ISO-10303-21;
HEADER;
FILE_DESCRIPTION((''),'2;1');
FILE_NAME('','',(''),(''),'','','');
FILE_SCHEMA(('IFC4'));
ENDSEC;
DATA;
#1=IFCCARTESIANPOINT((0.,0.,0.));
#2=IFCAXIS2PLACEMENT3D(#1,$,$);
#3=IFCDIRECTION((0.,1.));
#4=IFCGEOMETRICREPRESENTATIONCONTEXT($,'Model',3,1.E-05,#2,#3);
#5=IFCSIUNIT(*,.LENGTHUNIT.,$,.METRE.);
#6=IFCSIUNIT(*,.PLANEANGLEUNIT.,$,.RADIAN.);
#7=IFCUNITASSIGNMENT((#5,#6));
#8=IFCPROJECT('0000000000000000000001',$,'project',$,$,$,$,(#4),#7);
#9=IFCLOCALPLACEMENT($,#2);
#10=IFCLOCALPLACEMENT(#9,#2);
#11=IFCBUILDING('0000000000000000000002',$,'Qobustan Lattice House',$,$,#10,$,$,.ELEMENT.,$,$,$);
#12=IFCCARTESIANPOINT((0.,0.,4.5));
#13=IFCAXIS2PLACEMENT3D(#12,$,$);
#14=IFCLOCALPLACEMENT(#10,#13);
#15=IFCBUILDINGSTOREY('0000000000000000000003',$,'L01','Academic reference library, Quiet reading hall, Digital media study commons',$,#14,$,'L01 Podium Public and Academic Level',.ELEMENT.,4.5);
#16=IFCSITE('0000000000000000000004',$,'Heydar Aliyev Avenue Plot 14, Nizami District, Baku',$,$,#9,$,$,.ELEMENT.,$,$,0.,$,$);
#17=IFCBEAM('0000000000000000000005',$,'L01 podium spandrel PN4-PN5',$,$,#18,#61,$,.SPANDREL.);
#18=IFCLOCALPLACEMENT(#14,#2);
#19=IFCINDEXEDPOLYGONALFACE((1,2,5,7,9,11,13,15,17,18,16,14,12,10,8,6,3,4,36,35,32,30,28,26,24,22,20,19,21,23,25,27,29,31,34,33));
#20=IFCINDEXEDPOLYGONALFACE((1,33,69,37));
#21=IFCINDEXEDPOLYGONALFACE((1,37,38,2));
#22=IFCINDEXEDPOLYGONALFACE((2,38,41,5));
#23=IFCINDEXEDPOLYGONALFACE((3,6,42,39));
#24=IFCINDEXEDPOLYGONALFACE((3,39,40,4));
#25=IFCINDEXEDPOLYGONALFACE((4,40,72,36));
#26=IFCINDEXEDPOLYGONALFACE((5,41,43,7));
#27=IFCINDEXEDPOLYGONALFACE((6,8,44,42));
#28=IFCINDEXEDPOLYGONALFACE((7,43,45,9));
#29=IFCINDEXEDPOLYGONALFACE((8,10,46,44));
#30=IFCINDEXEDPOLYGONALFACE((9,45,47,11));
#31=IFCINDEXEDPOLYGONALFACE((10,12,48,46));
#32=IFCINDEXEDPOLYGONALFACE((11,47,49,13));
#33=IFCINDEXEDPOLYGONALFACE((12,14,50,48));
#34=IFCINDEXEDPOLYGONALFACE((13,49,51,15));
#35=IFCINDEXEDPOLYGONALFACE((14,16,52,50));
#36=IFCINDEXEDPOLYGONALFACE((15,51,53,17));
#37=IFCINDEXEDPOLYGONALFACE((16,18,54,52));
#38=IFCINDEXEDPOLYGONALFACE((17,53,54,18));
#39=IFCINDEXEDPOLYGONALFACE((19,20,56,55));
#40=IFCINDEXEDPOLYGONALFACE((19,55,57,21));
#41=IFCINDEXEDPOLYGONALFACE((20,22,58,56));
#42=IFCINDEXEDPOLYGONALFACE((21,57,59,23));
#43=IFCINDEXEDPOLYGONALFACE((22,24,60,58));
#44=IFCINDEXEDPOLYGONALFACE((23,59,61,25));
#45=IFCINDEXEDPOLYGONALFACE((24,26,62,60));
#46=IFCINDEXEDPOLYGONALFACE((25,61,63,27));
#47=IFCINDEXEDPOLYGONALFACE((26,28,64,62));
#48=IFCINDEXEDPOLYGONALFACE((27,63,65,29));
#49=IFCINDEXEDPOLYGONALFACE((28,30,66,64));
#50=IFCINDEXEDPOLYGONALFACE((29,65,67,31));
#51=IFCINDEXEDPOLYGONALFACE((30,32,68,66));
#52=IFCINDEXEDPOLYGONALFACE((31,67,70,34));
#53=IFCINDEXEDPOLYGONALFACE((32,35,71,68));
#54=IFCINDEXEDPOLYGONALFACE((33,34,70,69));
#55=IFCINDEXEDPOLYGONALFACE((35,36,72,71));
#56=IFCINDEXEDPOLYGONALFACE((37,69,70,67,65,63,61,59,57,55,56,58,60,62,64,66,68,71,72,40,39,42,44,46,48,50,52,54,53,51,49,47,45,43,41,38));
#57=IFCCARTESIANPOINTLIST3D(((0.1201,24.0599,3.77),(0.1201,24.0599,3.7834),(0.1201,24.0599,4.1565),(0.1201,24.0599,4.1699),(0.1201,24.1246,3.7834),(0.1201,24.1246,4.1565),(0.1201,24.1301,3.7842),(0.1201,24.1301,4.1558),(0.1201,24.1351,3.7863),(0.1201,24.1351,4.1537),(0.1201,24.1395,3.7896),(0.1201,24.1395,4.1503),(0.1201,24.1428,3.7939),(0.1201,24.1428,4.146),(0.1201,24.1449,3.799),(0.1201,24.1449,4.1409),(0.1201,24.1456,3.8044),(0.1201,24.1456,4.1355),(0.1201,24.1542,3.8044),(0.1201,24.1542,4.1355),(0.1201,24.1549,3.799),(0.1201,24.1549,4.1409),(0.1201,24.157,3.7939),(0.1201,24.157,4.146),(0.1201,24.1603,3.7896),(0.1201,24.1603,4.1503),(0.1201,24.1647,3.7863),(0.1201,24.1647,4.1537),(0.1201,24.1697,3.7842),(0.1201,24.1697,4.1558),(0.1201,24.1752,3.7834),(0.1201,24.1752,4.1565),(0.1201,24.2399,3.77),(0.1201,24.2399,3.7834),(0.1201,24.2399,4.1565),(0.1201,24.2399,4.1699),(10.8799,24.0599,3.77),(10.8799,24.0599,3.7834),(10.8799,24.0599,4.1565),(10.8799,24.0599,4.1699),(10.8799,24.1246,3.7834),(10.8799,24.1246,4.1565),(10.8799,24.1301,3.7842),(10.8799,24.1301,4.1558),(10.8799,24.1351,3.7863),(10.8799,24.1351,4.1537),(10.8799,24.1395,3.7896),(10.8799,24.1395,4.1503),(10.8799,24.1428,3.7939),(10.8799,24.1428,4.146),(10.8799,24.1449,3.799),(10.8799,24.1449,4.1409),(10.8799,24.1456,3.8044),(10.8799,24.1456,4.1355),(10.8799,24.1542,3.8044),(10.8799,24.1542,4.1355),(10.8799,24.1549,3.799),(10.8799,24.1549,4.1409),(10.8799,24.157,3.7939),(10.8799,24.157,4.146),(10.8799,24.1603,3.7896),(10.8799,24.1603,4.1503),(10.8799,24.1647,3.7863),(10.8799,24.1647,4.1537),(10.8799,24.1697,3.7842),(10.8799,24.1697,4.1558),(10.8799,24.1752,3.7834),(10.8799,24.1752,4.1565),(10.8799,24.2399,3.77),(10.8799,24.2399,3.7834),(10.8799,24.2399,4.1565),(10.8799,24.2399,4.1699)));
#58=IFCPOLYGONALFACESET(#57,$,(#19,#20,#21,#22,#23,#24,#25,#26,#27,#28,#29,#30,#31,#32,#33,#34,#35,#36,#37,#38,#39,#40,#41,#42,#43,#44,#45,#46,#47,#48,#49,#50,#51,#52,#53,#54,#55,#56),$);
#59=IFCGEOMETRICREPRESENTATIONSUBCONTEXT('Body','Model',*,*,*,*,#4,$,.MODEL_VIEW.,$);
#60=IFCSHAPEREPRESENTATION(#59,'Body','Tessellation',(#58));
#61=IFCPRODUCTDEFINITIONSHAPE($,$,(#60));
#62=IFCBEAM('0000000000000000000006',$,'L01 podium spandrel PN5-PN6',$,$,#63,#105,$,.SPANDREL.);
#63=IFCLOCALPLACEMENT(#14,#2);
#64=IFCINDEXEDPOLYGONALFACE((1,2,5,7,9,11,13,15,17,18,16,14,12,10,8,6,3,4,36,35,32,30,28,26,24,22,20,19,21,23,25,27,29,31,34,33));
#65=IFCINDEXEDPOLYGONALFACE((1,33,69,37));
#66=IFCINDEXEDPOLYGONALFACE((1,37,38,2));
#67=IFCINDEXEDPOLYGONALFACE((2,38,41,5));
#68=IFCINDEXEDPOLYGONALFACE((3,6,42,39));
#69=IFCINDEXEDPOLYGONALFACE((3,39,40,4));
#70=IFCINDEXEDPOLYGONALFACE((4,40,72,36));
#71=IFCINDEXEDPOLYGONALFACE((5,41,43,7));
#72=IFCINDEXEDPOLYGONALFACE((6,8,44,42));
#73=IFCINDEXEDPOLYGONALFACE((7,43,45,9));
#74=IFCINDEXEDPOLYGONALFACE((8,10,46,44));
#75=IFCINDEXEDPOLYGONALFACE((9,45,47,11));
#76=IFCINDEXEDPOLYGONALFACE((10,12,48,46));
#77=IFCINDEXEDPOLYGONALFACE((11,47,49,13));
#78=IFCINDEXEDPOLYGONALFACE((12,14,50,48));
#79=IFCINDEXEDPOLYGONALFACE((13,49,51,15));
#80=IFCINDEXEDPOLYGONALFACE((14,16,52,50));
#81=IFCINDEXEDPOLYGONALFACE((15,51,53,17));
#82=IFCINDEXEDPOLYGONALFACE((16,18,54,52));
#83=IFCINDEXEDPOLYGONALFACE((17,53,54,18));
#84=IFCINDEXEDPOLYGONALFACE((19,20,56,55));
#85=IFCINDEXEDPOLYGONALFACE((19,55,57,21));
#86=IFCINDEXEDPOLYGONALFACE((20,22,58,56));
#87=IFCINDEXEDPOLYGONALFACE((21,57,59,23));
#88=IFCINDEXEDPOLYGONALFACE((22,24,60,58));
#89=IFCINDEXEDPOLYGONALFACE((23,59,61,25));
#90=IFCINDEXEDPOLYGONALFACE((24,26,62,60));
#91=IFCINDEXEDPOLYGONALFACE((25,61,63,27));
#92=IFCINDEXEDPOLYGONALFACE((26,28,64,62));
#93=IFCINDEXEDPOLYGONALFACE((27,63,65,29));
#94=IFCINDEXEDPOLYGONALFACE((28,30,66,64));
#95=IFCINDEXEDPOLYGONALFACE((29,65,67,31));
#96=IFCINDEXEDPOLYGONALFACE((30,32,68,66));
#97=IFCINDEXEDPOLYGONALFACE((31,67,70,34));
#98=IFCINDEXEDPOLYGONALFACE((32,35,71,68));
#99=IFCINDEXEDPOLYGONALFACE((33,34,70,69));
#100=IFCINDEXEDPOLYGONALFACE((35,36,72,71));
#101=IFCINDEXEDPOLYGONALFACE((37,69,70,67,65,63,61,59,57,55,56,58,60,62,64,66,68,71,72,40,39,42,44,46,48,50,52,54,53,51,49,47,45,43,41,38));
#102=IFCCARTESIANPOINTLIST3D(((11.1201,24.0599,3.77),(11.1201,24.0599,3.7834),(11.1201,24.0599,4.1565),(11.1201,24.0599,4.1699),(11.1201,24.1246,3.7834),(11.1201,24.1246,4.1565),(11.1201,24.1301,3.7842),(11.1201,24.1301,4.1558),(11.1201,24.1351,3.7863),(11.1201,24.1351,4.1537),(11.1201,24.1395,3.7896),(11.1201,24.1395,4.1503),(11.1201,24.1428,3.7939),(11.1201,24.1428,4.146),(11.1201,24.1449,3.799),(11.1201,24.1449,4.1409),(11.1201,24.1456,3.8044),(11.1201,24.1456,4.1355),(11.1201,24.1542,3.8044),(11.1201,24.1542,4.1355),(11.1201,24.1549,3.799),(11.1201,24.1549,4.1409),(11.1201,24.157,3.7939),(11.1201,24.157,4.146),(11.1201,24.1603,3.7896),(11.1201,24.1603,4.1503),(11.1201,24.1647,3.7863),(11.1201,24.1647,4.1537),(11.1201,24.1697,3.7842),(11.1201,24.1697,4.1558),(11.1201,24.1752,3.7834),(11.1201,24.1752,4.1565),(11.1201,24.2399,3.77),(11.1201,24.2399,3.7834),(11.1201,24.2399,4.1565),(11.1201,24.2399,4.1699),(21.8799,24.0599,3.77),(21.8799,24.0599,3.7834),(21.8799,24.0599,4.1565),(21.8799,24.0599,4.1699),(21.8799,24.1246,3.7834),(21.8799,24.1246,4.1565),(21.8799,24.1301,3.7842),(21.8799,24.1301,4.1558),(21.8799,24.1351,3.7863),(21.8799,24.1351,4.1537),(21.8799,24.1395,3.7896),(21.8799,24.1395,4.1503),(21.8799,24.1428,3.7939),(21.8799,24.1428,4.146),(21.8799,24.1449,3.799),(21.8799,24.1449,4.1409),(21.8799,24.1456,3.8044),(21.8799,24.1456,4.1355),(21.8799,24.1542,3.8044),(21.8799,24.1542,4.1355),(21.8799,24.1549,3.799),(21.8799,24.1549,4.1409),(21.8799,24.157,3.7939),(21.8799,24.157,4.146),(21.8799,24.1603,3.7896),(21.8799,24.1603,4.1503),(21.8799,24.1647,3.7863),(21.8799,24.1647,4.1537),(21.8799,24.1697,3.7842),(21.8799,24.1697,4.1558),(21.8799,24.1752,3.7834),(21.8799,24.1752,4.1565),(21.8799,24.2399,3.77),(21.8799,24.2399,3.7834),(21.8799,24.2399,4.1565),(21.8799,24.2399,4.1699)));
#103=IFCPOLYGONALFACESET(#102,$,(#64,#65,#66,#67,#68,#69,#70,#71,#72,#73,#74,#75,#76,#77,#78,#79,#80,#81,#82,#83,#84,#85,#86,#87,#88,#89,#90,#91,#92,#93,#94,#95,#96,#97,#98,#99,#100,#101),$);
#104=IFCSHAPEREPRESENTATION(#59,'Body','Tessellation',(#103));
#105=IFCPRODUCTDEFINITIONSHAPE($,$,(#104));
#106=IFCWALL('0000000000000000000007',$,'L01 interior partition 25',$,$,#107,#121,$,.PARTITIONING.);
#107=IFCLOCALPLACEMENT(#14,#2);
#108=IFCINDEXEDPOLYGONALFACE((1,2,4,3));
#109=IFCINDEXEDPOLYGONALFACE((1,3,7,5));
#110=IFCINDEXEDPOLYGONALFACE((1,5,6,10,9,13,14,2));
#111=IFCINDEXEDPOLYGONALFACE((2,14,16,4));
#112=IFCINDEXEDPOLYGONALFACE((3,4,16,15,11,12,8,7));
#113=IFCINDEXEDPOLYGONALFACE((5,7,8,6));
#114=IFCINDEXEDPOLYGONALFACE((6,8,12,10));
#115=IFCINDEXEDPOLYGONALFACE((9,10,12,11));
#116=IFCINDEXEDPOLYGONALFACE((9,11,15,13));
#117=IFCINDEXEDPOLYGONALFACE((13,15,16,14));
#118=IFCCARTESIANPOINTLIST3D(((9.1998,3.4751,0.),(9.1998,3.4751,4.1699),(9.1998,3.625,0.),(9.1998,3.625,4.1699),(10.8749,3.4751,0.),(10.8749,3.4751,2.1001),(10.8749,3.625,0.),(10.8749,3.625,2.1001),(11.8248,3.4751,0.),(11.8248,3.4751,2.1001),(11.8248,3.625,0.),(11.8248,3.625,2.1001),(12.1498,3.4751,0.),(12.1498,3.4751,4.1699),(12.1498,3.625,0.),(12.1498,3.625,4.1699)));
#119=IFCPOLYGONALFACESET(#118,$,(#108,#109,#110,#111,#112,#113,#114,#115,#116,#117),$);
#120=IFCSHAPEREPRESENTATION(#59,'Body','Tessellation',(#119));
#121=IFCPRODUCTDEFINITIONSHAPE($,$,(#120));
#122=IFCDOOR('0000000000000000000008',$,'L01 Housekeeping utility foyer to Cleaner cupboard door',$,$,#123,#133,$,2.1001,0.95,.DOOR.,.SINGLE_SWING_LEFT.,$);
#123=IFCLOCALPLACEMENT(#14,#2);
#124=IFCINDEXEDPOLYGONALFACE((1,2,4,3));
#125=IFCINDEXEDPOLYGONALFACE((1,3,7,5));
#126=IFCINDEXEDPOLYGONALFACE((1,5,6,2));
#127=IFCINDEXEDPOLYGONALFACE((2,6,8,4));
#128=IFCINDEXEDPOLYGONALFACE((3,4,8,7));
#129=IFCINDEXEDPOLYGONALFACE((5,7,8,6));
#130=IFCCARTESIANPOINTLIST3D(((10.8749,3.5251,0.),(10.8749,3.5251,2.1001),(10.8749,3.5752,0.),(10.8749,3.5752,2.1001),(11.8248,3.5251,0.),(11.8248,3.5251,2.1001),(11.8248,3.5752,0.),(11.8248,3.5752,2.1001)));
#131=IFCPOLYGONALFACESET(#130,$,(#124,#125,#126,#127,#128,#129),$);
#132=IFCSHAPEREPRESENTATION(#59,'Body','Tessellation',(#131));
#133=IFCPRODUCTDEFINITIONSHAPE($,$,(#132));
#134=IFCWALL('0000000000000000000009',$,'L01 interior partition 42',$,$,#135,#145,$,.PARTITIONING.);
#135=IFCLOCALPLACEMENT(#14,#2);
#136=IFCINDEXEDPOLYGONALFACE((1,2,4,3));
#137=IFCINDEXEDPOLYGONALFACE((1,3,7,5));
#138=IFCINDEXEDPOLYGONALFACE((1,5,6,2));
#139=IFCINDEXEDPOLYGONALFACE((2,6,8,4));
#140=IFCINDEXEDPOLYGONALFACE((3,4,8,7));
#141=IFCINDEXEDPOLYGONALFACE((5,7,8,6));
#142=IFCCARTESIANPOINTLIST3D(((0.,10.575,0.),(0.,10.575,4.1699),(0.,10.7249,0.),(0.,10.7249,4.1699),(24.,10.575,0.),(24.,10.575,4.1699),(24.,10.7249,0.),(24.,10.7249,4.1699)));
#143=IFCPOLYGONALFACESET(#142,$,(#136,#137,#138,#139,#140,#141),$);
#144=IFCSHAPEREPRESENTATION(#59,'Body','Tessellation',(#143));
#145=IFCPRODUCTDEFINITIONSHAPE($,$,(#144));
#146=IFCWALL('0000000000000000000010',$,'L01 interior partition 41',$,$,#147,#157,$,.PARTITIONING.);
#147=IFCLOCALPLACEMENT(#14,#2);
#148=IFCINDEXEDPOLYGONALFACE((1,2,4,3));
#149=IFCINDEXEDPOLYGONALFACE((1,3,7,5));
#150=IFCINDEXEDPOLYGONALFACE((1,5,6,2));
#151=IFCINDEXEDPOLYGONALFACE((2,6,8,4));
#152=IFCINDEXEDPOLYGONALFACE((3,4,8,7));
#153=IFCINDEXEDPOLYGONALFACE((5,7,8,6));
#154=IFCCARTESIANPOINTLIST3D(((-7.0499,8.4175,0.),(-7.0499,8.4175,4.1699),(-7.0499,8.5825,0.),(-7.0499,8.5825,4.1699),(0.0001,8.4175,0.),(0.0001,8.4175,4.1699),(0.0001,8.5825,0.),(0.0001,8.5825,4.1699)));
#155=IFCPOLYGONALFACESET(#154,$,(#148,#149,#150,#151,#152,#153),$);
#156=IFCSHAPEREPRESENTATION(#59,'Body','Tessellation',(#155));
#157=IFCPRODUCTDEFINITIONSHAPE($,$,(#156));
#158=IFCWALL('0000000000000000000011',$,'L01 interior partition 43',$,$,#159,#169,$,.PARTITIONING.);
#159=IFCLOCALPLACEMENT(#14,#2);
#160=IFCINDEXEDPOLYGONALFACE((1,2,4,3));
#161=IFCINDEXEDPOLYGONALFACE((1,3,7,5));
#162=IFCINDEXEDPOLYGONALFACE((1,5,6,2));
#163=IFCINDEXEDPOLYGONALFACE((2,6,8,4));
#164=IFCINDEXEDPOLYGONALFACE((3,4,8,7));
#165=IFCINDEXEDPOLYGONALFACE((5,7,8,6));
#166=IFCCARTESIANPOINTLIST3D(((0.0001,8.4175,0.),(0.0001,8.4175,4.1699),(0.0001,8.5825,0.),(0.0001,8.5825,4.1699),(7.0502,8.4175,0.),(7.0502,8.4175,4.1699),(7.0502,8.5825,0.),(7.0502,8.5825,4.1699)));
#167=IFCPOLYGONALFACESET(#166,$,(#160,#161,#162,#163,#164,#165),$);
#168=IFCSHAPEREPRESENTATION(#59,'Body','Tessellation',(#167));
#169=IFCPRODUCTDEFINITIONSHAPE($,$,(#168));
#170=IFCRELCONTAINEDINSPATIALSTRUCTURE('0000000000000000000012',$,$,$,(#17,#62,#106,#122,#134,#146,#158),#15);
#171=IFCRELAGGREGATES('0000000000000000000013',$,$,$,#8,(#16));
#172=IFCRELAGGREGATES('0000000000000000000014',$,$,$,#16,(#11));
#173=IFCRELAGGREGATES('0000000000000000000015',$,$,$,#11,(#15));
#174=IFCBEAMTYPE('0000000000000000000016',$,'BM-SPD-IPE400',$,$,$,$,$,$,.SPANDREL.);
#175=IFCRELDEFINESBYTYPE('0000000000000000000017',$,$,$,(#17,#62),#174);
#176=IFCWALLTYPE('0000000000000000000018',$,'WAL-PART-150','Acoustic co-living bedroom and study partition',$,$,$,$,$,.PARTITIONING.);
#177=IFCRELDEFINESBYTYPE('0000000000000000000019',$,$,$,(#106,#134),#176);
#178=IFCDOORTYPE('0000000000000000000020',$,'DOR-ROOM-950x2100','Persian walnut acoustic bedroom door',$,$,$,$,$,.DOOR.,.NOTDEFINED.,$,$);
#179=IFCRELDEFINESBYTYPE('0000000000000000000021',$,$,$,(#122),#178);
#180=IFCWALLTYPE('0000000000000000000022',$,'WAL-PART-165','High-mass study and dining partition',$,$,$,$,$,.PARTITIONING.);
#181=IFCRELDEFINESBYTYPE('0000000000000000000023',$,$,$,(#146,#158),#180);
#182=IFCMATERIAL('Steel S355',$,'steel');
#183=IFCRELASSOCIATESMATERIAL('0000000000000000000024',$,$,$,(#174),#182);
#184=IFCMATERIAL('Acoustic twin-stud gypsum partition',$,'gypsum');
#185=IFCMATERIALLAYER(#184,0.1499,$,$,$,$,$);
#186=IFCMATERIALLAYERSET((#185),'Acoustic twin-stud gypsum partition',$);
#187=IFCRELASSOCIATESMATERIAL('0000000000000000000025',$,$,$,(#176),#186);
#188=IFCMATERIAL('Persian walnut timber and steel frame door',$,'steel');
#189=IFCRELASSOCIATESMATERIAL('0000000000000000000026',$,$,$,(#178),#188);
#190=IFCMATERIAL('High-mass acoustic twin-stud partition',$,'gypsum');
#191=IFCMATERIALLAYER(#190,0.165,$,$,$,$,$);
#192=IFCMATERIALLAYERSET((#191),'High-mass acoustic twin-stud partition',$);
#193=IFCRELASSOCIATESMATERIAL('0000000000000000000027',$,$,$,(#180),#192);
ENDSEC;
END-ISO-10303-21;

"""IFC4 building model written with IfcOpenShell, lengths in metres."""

from ifc_helpers import new_model, si_unit, direction, frame, frame_2d, origin, origin_2d, place, context, subcontext, project, spatial, rectangle, i_section, extrude, material, layer, layer_set, material_profile, profile_set, type_object, element, fill, save


model = new_model("IFC4")

# Units and contexts
model_context = context("Model", 3, precision=1e-05, world=origin(), true_north=direction((0.0, 1.0)))
body_context = subcontext(model_context, "Body", "Model", "MODEL_VIEW")
ifc_project = project(units=[si_unit("LENGTHUNIT", "METRE"), si_unit("PLANEANGLEUNIT", "RADIAN")], contexts=[model_context])

# Site, building, storey
site_placement = place(None, origin())
site = spatial("IfcSite", under=ifc_project, at=site_placement, Name="Heydar Aliyev Avenue Plot 14, Nizami District, Baku", CompositionType="ELEMENT", RefElevation=0.0)
building_placement = place(site_placement, origin())
building = spatial("IfcBuilding", under=site, at=building_placement, Name="Qobustan Lattice House", CompositionType="ELEMENT")
storey_placement = place(building_placement, frame((0.0, 0.0, 4.5)))
storey = spatial("IfcBuildingStorey", under=building, at=storey_placement, Name="L01", Description="Academic reference library, Quiet reading hall, Digital media study commons", LongName="L01 Podium Public and Academic Level", CompositionType="ELEMENT", Elevation=4.5)

# Beams
ifc_material_1 = material(Name="Steel S355", Category="steel")
ifc_material_profile_1 = material_profile(ifc_material_1, i_section(OverallWidth=0.1799, OverallDepth=0.3999, WebThickness=0.0085, FlangeThickness=0.0134, FilletRadius=0.021, at=origin_2d()), Name="IPE400")
ifc_profile_set_1 = profile_set([ifc_material_profile_1], Name="Steel S355")
beam_type_1 = type_object("IfcBeamType", Name="BM-SPD-IPE400", PredefinedType="SPANDREL", material=ifc_profile_set_1)
for number, where, z_axis, x_axis, name in (
    (1, (0.1201, 24.1499, 3.97), (1.0, 0.0, 0.0), (0.0, 1.0, 0.0), "L01 podium spandrel PN4-PN5"),
    (2, (11.1201, 24.1499, 3.97), (1.0, 0.0, 0.0), (0.0, 1.0, 0.0), "L01 podium spandrel PN5-PN6"),
):
    element("IfcBeam", number, at=place(storey_placement, frame(where, z_axis=z_axis, x_axis=x_axis)), inside=storey, type_object=beam_type_1, Name=name, PredefinedType="SPANDREL", context=body_context, shape_type="SweptSolid", body=[
        extrude(i_section(OverallWidth=0.1799, OverallDepth=0.3999, WebThickness=0.0085, FlangeThickness=0.0134, FilletRadius=0.021, at=origin_2d()), origin(), (0.0, 0.0, 1.0), 10.7598),
    ])

# Wall, opening, door
ifc_material_2 = material(Name="Acoustic twin-stud gypsum partition", Category="gypsum")
ifc_layer_1 = layer(ifc_material_2, 0.1499)
ifc_layer_set_1 = layer_set([ifc_layer_1], Name="Acoustic twin-stud gypsum partition")
wall_type_1 = type_object("IfcWallType", Name="WAL-PART-150", Description="Acoustic co-living bedroom and study partition", PredefinedType="PARTITIONING", material=ifc_layer_set_1)
wall_1_placement = place(storey_placement, frame((12.1499, 3.55, 0.0), z_axis=(0.0, 0.0, 1.0), x_axis=(-1.0, 0.0, 0.0)))
wall_1 = element("IfcWall", 3, at=wall_1_placement, inside=storey, type_object=wall_type_1, Name="L01 interior partition 25", PredefinedType="PARTITIONING", context=body_context, shape_type="SweptSolid", body=[
    extrude(rectangle(XDim=2.95, YDim=0.1499, at=frame_2d((1.4751, 0.0))), origin(), (0.0, 0.0, 1.0), 4.1699),
])
opening_1_placement = place(wall_1_placement, frame((0.325, 0.0, 0.0)))
opening_1 = element("IfcOpeningElement", 4, at=opening_1_placement, cuts=wall_1, PredefinedType="OPENING", context=body_context, shape_type="SweptSolid", body=[
    extrude(rectangle(XDim=0.95, YDim=2.1001, at=frame_2d((0.4751, 1.05))), frame((0.0, 0.085, 0.0), z_axis=(0.0, -1.0, 0.0), x_axis=(1.0, 0.0, 0.0)), (0.0, 0.0, 1.0), 0.1699),
])
ifc_material_3 = material(Name="Persian walnut timber and steel frame door", Category="steel")
door_type_1 = type_object("IfcDoorType", Name="DOR-ROOM-950x2100", Description="Persian walnut acoustic bedroom door", OperationType="NOTDEFINED", PredefinedType="DOOR", material=ifc_material_3)
door_1_placement = place(opening_1_placement, origin())
door_1 = element("IfcDoor", 5, at=door_1_placement, inside=storey, type_object=door_type_1, Name="L01 Housekeeping utility foyer to Cleaner cupboard door", OperationType="SINGLE_SWING_LEFT", OverallHeight=2.1001, OverallWidth=0.95, PredefinedType="DOOR", context=body_context, shape_type="SweptSolid", body=[
    extrude(rectangle(XDim=0.95, YDim=2.1001, at=frame_2d((0.4751, 1.05))), frame((0.0, 0.0249, 0.0), z_axis=(0.0, -1.0, 0.0), x_axis=(1.0, 0.0, 0.0)), (0.0, 0.0, 1.0), 0.05),
])
fill(opening_1, door_1)

# Walls
wall_2_placement = place(storey_placement, frame((0.0, 10.6499, 0.0), z_axis=(0.0, 0.0, 1.0), x_axis=(1.0, 0.0, 0.0)))
element("IfcWall", 6, at=wall_2_placement, inside=storey, type_object=wall_type_1, Name="L01 interior partition 42", PredefinedType="PARTITIONING", context=body_context, shape_type="SweptSolid", body=[
    extrude(rectangle(XDim=24.0, YDim=0.1499, at=frame_2d((12.0, 0.0))), origin(), (0.0, 0.0, 1.0), 4.1699),
])
ifc_material_4 = material(Name="High-mass acoustic twin-stud partition", Category="gypsum")
ifc_layer_2 = layer(ifc_material_4, 0.165)
ifc_layer_set_2 = layer_set([ifc_layer_2], Name="High-mass acoustic twin-stud partition")
wall_type_2 = type_object("IfcWallType", Name="WAL-PART-165", Description="High-mass study and dining partition", PredefinedType="PARTITIONING", material=ifc_layer_set_2)
for number, where, z_axis, x_axis, name in (
    (7, (0.0, 8.5, 0.0), (0.0, 0.0, 1.0), (-1.0, 0.0, 0.0), "L01 interior partition 41"),
    (8, (7.05, 8.5, 0.0), (0.0, 0.0, 1.0), (-1.0, 0.0, 0.0), "L01 interior partition 43"),
):
    element("IfcWall", number, at=place(storey_placement, frame(where, z_axis=z_axis, x_axis=x_axis)), inside=storey, type_object=wall_type_2, Name=name, PredefinedType="PARTITIONING", context=body_context, shape_type="SweptSolid", body=[
        extrude(rectangle(XDim=7.05, YDim=0.165, at=frame_2d((3.5249, 0.0))), origin(), (0.0, 0.0, 1.0), 4.1699),
    ])

save(model, "model.ifc")
